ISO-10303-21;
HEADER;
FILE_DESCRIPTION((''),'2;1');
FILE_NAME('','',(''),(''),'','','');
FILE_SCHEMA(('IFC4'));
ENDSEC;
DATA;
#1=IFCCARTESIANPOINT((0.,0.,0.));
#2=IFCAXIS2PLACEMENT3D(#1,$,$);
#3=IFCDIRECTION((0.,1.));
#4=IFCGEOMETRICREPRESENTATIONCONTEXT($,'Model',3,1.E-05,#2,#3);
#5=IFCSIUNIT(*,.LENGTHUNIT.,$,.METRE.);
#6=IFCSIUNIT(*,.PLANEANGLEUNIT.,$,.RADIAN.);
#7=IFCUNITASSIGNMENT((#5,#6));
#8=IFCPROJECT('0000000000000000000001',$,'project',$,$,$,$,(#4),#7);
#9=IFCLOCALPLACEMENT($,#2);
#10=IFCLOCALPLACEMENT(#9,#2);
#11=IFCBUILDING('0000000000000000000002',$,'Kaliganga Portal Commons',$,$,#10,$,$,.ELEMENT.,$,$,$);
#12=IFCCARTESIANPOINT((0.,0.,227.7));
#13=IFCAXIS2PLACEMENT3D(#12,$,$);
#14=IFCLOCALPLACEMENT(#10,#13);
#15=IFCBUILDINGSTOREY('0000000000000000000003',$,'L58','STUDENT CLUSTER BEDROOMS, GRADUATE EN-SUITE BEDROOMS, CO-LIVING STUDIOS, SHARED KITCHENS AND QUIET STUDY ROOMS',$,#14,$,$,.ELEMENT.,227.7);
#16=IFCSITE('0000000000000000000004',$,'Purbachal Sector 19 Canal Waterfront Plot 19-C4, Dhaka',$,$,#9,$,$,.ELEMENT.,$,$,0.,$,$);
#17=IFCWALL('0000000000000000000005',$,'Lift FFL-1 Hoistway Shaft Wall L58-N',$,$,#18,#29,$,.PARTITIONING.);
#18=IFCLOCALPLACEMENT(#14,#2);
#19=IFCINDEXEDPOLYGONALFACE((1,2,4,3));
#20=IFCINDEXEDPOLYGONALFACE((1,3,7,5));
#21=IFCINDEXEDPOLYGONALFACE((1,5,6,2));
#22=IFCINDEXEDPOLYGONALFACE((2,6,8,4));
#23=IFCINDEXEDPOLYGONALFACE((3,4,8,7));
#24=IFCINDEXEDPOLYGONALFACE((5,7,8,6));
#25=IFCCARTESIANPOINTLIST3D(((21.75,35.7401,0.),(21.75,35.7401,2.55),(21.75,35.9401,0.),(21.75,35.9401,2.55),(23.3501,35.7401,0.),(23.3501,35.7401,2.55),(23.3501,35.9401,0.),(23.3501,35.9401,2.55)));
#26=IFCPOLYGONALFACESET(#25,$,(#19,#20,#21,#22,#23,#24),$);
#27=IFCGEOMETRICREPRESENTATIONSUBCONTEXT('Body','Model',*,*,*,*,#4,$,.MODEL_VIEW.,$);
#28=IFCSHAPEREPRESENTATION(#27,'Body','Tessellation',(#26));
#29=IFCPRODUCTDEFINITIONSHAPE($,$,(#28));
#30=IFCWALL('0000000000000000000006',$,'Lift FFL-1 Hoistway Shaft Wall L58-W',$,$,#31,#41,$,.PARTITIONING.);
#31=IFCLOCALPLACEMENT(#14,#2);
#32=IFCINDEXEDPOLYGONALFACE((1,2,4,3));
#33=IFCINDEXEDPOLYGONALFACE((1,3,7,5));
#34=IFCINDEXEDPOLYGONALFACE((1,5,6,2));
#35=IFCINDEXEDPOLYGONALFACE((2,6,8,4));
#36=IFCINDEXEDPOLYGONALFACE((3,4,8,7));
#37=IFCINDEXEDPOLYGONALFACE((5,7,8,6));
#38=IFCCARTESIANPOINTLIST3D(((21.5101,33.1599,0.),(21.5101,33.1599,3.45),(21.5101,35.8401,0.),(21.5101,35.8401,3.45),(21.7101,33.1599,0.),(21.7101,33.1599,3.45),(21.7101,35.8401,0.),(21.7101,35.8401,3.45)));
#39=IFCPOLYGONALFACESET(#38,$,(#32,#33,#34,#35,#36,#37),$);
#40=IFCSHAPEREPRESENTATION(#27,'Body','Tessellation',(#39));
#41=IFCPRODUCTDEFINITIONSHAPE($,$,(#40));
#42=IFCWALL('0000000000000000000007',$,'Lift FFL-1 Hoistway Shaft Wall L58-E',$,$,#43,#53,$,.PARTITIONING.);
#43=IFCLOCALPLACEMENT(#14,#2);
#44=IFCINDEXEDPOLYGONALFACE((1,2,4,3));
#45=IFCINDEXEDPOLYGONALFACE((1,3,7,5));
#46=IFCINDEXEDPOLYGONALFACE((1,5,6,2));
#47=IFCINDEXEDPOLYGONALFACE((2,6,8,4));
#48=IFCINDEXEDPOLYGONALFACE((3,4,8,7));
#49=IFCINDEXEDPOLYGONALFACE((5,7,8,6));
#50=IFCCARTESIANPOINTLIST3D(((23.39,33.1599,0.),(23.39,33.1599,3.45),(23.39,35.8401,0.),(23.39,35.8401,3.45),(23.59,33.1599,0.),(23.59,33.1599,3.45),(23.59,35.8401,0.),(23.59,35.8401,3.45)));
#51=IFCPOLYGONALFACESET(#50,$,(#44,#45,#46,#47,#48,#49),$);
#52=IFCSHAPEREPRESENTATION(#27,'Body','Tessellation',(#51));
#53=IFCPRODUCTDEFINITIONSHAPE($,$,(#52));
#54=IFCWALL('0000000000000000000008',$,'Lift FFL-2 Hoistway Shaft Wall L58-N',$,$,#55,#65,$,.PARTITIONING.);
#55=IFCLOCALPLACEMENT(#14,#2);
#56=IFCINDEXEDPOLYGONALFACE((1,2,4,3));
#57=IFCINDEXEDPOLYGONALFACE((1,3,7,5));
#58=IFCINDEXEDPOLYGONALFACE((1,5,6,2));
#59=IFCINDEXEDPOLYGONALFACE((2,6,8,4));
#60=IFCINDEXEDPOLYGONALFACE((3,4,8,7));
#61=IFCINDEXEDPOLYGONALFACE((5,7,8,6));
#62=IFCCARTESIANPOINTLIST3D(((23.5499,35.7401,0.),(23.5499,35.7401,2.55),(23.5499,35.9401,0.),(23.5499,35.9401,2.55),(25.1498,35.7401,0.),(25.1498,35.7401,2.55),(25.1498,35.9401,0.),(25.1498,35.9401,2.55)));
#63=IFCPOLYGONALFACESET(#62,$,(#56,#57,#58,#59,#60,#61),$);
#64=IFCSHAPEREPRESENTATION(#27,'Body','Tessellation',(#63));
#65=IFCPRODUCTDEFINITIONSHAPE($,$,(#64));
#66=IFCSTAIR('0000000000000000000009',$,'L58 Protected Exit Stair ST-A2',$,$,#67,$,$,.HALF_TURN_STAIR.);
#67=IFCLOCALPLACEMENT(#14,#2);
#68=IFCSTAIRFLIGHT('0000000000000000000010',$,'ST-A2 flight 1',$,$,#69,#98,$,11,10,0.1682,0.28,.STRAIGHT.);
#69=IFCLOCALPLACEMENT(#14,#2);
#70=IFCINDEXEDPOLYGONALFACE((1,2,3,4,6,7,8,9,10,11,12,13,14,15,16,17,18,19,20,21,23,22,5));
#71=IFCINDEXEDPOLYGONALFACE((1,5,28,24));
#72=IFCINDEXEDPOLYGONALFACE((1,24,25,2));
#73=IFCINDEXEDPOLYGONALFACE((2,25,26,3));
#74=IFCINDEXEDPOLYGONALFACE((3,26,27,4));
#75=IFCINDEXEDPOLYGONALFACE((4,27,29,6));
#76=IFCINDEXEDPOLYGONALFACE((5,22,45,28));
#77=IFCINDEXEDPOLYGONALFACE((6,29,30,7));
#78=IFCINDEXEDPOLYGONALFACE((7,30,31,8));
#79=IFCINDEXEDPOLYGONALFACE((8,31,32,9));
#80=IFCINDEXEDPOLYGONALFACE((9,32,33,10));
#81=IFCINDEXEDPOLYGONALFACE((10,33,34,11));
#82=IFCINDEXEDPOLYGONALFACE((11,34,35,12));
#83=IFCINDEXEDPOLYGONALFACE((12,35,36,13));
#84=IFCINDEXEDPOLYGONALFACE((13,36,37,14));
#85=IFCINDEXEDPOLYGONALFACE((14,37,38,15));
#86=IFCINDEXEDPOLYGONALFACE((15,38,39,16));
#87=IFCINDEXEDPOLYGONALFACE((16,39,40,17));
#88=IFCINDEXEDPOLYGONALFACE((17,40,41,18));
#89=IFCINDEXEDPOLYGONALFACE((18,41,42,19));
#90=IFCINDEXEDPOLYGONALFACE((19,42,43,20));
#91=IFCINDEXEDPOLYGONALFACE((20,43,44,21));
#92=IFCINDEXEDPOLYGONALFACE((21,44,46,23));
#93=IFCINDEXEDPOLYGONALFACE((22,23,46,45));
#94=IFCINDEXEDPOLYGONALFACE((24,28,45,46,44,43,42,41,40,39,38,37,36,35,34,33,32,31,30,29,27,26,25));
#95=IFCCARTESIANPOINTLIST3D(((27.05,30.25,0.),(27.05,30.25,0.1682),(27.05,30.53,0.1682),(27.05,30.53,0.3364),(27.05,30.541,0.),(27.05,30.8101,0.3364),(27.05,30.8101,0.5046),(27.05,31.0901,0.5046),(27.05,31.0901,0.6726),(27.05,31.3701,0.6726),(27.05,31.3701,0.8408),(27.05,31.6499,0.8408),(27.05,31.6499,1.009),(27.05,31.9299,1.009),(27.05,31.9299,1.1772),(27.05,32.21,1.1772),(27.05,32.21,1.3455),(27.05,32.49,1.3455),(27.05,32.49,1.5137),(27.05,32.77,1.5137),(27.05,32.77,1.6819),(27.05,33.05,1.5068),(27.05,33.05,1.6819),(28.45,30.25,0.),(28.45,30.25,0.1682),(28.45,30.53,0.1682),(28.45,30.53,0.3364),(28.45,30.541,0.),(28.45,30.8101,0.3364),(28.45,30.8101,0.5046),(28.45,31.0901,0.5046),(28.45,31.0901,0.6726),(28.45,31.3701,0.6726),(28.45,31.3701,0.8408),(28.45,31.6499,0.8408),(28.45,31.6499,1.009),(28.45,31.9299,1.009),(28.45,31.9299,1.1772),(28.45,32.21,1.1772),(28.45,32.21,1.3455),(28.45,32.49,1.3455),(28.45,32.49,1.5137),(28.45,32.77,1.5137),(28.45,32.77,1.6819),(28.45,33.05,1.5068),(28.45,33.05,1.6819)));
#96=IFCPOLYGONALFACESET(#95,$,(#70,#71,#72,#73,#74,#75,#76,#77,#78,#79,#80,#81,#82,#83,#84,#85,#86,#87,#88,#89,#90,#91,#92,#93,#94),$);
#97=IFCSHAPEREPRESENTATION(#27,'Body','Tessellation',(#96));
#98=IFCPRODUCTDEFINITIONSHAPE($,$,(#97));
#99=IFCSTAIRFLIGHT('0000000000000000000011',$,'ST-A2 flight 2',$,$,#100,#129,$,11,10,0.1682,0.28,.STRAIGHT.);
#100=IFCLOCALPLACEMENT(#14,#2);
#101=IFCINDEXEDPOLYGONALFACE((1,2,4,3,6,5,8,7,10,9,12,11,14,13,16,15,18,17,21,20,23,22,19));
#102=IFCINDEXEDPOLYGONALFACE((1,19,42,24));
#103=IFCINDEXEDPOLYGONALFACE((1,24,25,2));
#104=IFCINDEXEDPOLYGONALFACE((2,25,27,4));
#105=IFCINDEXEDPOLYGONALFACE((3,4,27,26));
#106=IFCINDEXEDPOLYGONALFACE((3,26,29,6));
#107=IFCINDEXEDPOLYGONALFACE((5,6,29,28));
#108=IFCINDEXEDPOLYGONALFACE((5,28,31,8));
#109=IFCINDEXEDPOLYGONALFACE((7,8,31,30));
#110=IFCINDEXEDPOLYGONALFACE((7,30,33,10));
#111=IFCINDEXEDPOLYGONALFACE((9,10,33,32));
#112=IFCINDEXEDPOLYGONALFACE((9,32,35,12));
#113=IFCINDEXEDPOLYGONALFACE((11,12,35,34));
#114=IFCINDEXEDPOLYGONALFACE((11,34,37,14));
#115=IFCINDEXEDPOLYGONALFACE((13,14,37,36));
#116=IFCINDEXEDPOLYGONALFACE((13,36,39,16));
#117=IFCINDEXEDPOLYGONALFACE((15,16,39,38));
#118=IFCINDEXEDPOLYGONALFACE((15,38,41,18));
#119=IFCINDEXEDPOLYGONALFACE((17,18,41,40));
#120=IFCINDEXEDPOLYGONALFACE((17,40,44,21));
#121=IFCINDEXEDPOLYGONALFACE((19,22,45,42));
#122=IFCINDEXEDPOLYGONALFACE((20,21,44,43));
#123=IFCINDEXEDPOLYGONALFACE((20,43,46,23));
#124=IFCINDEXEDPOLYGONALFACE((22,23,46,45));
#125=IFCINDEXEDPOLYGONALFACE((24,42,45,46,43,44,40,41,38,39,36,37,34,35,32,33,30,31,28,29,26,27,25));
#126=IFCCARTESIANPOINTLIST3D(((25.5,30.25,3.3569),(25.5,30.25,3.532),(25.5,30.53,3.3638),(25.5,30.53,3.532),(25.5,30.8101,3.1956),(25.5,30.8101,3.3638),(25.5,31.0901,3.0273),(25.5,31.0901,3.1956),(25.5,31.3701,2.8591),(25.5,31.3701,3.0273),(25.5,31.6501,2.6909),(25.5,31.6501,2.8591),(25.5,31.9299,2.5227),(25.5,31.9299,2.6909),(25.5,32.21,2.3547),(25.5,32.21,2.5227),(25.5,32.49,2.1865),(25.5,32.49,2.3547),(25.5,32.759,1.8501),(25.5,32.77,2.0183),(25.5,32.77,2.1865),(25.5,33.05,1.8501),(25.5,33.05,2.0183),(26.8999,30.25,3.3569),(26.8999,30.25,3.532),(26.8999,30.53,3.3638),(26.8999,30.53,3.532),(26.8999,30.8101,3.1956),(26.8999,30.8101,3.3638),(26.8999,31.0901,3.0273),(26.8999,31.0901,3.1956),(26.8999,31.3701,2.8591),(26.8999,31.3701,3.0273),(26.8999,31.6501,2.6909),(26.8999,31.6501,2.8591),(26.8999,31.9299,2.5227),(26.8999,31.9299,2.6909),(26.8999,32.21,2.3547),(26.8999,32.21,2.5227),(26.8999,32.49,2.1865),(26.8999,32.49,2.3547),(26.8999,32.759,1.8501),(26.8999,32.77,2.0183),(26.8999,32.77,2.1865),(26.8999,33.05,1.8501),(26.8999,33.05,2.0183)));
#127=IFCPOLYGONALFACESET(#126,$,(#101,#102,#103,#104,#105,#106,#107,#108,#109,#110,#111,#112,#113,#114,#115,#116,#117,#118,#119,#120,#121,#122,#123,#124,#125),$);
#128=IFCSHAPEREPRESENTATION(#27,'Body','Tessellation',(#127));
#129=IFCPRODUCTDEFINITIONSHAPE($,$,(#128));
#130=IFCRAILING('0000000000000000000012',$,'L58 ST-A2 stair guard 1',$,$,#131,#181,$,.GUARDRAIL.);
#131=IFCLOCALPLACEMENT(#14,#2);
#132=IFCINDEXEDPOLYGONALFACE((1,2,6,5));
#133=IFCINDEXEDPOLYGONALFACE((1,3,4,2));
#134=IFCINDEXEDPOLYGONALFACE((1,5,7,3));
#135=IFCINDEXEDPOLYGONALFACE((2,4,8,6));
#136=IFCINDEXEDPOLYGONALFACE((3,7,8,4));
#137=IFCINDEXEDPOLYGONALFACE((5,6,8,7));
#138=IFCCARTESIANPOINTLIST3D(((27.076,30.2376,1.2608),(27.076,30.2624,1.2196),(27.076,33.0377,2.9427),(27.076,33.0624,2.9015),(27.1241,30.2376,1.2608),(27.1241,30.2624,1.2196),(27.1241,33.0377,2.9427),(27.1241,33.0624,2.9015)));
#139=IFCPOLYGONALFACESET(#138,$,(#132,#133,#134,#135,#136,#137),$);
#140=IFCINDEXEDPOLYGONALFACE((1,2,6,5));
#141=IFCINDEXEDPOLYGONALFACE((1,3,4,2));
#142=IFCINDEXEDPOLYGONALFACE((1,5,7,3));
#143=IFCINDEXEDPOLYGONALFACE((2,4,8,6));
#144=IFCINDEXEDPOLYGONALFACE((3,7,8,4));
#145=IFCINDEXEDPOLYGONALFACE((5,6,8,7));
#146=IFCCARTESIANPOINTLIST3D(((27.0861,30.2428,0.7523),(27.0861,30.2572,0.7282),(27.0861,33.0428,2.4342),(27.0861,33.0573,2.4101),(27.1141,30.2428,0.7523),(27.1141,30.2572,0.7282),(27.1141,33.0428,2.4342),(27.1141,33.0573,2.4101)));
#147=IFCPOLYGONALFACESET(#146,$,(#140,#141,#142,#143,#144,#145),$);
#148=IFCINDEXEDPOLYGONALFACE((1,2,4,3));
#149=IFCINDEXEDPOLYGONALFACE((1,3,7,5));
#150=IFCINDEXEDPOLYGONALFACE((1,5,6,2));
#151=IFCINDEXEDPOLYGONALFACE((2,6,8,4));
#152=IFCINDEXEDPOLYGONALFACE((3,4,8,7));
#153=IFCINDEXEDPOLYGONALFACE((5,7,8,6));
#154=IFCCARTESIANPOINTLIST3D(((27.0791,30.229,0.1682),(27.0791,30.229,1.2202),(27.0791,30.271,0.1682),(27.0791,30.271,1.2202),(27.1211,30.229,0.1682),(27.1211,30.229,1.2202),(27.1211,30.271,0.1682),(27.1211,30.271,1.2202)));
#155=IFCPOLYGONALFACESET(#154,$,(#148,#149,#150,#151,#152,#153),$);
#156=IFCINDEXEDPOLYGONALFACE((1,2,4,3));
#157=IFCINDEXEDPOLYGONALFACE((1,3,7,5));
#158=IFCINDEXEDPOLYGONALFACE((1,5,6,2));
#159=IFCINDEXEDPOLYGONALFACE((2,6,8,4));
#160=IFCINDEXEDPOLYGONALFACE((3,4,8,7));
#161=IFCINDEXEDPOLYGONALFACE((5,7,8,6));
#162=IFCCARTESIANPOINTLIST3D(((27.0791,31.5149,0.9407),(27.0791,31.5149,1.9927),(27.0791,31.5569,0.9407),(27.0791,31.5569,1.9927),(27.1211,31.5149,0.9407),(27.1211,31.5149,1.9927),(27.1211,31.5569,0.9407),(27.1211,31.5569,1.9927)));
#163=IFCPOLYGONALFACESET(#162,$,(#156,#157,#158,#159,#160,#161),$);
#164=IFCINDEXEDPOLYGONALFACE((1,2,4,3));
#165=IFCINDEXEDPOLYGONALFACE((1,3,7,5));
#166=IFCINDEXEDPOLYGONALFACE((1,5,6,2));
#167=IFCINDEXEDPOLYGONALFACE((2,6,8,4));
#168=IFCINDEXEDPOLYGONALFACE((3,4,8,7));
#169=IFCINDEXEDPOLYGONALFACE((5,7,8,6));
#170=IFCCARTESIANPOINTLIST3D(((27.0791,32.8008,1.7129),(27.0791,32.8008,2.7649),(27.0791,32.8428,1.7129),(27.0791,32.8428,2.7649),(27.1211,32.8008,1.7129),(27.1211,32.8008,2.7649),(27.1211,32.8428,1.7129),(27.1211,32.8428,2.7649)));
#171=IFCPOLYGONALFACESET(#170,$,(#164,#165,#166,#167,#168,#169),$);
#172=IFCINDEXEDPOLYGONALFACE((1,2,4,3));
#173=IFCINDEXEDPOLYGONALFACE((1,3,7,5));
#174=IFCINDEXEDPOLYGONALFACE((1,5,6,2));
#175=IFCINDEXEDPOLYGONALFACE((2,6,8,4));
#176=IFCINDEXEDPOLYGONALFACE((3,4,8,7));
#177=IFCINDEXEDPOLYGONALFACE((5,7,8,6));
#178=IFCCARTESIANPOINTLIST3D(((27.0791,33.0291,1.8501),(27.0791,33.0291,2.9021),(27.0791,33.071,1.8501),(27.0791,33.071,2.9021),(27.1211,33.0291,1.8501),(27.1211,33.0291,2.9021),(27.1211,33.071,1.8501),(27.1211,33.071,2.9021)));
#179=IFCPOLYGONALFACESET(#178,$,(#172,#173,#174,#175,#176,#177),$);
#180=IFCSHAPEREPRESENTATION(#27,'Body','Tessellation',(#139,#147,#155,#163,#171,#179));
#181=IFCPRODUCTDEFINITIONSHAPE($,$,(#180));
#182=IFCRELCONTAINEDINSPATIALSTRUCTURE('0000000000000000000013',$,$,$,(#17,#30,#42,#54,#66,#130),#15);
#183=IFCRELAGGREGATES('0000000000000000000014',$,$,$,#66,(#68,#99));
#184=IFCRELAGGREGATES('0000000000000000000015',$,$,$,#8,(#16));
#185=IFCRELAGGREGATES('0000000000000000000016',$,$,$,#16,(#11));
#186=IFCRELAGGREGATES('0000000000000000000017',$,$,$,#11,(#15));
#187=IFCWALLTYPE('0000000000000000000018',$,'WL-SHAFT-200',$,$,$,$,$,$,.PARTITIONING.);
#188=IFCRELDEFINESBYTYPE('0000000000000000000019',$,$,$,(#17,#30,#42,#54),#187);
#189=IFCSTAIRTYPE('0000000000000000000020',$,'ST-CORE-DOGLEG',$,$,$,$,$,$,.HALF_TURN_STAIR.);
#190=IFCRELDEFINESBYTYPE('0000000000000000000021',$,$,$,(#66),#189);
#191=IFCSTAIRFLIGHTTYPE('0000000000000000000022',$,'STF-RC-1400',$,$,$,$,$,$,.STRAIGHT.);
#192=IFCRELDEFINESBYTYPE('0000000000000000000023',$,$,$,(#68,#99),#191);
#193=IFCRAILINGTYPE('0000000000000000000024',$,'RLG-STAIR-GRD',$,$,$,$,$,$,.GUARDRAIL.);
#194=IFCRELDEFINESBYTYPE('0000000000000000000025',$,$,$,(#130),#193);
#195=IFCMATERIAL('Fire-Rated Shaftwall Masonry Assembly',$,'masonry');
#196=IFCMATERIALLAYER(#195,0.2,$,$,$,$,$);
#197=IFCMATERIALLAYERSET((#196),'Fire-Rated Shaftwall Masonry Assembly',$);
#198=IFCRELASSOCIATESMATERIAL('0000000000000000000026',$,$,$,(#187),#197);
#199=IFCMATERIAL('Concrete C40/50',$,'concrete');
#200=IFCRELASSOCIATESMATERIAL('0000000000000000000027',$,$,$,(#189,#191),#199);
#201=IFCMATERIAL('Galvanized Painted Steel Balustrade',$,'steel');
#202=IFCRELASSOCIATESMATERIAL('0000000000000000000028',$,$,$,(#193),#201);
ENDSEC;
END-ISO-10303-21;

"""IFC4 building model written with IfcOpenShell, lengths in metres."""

from ifc_helpers import new_model, si_unit, direction, frame, frame_2d, origin, origin_2d, place, context, subcontext, project, spatial, polyline, rectangle, outline, extrude, material, layer, layer_set, type_object, element, aggregate, save


model = new_model("IFC4")

# Units and contexts
model_context = context("Model", 3, precision=1e-05, world=origin(), true_north=direction((0.0, 1.0)))
body_context = subcontext(model_context, "Body", "Model", "MODEL_VIEW")
ifc_project = project(units=[si_unit("LENGTHUNIT", "METRE"), si_unit("PLANEANGLEUNIT", "RADIAN")], contexts=[model_context])

# Site, building, storey
site_placement = place(None, origin())
site = spatial("IfcSite", under=ifc_project, at=site_placement, Name="Purbachal Sector 19 Canal Waterfront Plot 19-C4, Dhaka", CompositionType="ELEMENT", RefElevation=0.0)
building_placement = place(site_placement, origin())
building = spatial("IfcBuilding", under=site, at=building_placement, Name="Kaliganga Portal Commons", CompositionType="ELEMENT")
storey_placement = place(building_placement, frame((0.0, 0.0, 227.7)))
storey = spatial("IfcBuildingStorey", under=building, at=storey_placement, Name="L58", Description="STUDENT CLUSTER BEDROOMS, GRADUATE EN-SUITE BEDROOMS, CO-LIVING STUDIOS, SHARED KITCHENS AND QUIET STUDY ROOMS", CompositionType="ELEMENT", Elevation=227.7)

# Shared definitions
ifc_material_1 = material(Name="Fire-Rated Shaftwall Masonry Assembly", Category="masonry")
ifc_layer_1 = layer(ifc_material_1, 0.2)
ifc_layer_set_1 = layer_set([ifc_layer_1], Name="Fire-Rated Shaftwall Masonry Assembly")
wall_type_1 = type_object("IfcWallType", Name="WL-SHAFT-200", PredefinedType="PARTITIONING", material=ifc_layer_set_1)

# Walls
wall_1_placement = place(storey_placement, frame((21.75, 35.8401, 0.0), z_axis=(0.0, 0.0, 1.0), x_axis=(1.0, 0.0, 0.0)))
element("IfcWall", 1, at=wall_1_placement, inside=storey, type_object=wall_type_1, Name="Lift FFL-1 Hoistway Shaft Wall L58-N", PredefinedType="PARTITIONING", context=body_context, shape_type="SweptSolid", body=[
    extrude(rectangle(XDim=1.6001, YDim=0.2, at=frame_2d((0.8, 0.0))), origin(), (0.0, 0.0, 1.0), 2.55),
])
for number, where, z_axis, x_axis, name in (
    (2, (21.6101, 33.1599, 0.0), (0.0, 0.0, 1.0), (0.0, 1.0, 0.0), "Lift FFL-1 Hoistway Shaft Wall L58-W"),
    (3, (23.49, 33.1599, 0.0), (0.0, 0.0, 1.0), (0.0, 1.0, 0.0), "Lift FFL-1 Hoistway Shaft Wall L58-E"),
):
    element("IfcWall", number, at=place(storey_placement, frame(where, z_axis=z_axis, x_axis=x_axis)), inside=storey, type_object=wall_type_1, Name=name, PredefinedType="PARTITIONING", context=body_context, shape_type="SweptSolid", body=[
        extrude(rectangle(XDim=2.6802, YDim=0.2, at=frame_2d((1.3401, 0.0))), origin(), (0.0, 0.0, 1.0), 3.45),
    ])

# Wall
wall_2_placement = place(storey_placement, frame((23.55, 35.8401, 0.0), z_axis=(0.0, 0.0, 1.0), x_axis=(1.0, 0.0, 0.0)))
element("IfcWall", 4, at=wall_2_placement, inside=storey, type_object=wall_type_1, Name="Lift FFL-2 Hoistway Shaft Wall L58-N", PredefinedType="PARTITIONING", context=body_context, shape_type="SweptSolid", body=[
    extrude(rectangle(XDim=1.5999, YDim=0.2, at=frame_2d((0.7998, 0.0))), origin(), (0.0, 0.0, 1.0), 2.55),
])

# Stair, stair flights
ifc_material_2 = material(Name="Concrete C40/50", Category="concrete")
stair_type = type_object("IfcStairType", Name="ST-CORE-DOGLEG", PredefinedType="HALF_TURN_STAIR", material=ifc_material_2)
stair_placement = place(storey_placement, origin())
stair = element("IfcStair", 5, at=stair_placement, inside=storey, type_object=stair_type, Name="L58 Protected Exit Stair ST-A2", PredefinedType="HALF_TURN_STAIR")
stair_flight_type = type_object("IfcStairFlightType", Name="STF-RC-1400", PredefinedType="STRAIGHT", material=ifc_material_2)
stair_flight_1_placement = place(storey_placement, frame((27.75, 30.25, 0.0), z_axis=(0.0, 0.0, 1.0), x_axis=(0.0, 1.0, 0.0)))
stair_flight_1 = element("IfcStairFlight", 6, at=stair_flight_1_placement, type_object=stair_flight_type, Name="ST-A2 flight 1", NumberOfRisers=11, NumberOfTreads=10, PredefinedType="STRAIGHT", RiserHeight=0.1682, TreadLength=0.28, context=body_context, shape_type="SweptSolid", body=[
    extrude(outline(polyline([(0.0, 0.0), (0.0, 0.1682), (0.28, 0.1682), (0.28, 0.3364), (0.5601, 0.3364), (0.5601, 0.5046), (0.8401, 0.5046), (0.8401, 0.6726), (1.1201, 0.6726), (1.1201, 0.8408), (1.3999, 0.8408), (1.3999, 1.009), (1.6799, 1.009), (1.6799, 1.1772), (1.96, 1.1772), (1.96, 1.3455), (2.24, 1.3455), (2.24, 1.5137), (2.52, 1.5137), (2.52, 1.6819), (2.8, 1.6819), (2.8, 1.8501), (2.8, 1.5068), (0.291, 0.0), (0.0, 0.0)])), frame((0.0, 0.7, 0.0), z_axis=(0.0, -1.0, 0.0), x_axis=(1.0, 0.0, 0.0)), (0.0, 0.0, 1.0), 1.3999),
])
stair_flight_2_placement = place(storey_placement, frame((26.2, 33.05, 1.8501), z_axis=(0.0, 0.0, 1.0), x_axis=(0.0, -1.0, 0.0)))
stair_flight_2 = element("IfcStairFlight", 7, at=stair_flight_2_placement, type_object=stair_flight_type, Name="ST-A2 flight 2", NumberOfRisers=11, NumberOfTreads=10, PredefinedType="STRAIGHT", RiserHeight=0.1682, TreadLength=0.28, context=body_context, shape_type="SweptSolid", body=[
    extrude(outline(polyline([(0.0, 0.0), (0.0, 0.1682), (0.28, 0.1682), (0.28, 0.3364), (0.5601, 0.3364), (0.5601, 0.5046), (0.8401, 0.5046), (0.8401, 0.6726), (1.1201, 0.6726), (1.1201, 0.8408), (1.3999, 0.8408), (1.3999, 1.009), (1.6799, 1.009), (1.6799, 1.1772), (1.96, 1.1772), (1.96, 1.3455), (2.24, 1.3455), (2.24, 1.5137), (2.52, 1.5137), (2.52, 1.6819), (2.8, 1.6819), (2.8, 1.8501), (2.8, 1.5068), (0.291, 0.0), (0.0, 0.0)])), frame((0.0, 0.7, 0.0), z_axis=(0.0, -1.0, 0.0), x_axis=(1.0, 0.0, 0.0)), (0.0, 0.0, 1.0), 1.3999),
])
aggregate(stair, [stair_flight_1, stair_flight_2])

# Railing
ifc_material_3 = material(Name="Galvanized Painted Steel Balustrade", Category="steel")
railing_type_1 = type_object("IfcRailingType", Name="RLG-STAIR-GRD", PredefinedType="GUARDRAIL", material=ifc_material_3)
railing_1_placement = place(storey_placement, frame((27.1001, 30.25, 0.1682)))
element("IfcRailing", 8, at=railing_1_placement, inside=storey, type_object=railing_type_1, Name="L58 ST-A2 stair guard 1", PredefinedType="GUARDRAIL", context=body_context, shape_type="SweptSolid", body=[
    extrude(rectangle(XDim=0.0481, YDim=0.0481, at=origin_2d()), frame((0.0, 0.0, 1.072), z_axis=(0.0, 0.857242, 0.514913), x_axis=(-1.0, 0.0, 0.0)), (0.0, 0.0, 1.0), 3.2664),
    extrude(rectangle(XDim=0.0281, YDim=0.0281, at=origin_2d()), frame((0.0, 0.0, 0.572), z_axis=(0.0, 0.857242, 0.514913), x_axis=(-1.0, 0.0, 0.0)), (0.0, 0.0, 1.0), 3.2664),
    extrude(rectangle(XDim=0.042, YDim=0.042, at=origin_2d()), origin(), (0.0, 0.0, 1.0), 1.052),
    extrude(rectangle(XDim=0.042, YDim=0.042, at=origin_2d()), frame((0.0, 1.2859, 0.7725)), (0.0, 0.0, 1.0), 1.052),
    extrude(rectangle(XDim=0.042, YDim=0.042, at=origin_2d()), frame((0.0, 2.5718, 1.5447)), (0.0, 0.0, 1.0), 1.052),
    extrude(rectangle(XDim=0.042, YDim=0.042, at=origin_2d()), frame((0.0, 2.8, 1.6819)), (0.0, 0.0, 1.0), 1.052),
])

save(model, "model.ifc")
